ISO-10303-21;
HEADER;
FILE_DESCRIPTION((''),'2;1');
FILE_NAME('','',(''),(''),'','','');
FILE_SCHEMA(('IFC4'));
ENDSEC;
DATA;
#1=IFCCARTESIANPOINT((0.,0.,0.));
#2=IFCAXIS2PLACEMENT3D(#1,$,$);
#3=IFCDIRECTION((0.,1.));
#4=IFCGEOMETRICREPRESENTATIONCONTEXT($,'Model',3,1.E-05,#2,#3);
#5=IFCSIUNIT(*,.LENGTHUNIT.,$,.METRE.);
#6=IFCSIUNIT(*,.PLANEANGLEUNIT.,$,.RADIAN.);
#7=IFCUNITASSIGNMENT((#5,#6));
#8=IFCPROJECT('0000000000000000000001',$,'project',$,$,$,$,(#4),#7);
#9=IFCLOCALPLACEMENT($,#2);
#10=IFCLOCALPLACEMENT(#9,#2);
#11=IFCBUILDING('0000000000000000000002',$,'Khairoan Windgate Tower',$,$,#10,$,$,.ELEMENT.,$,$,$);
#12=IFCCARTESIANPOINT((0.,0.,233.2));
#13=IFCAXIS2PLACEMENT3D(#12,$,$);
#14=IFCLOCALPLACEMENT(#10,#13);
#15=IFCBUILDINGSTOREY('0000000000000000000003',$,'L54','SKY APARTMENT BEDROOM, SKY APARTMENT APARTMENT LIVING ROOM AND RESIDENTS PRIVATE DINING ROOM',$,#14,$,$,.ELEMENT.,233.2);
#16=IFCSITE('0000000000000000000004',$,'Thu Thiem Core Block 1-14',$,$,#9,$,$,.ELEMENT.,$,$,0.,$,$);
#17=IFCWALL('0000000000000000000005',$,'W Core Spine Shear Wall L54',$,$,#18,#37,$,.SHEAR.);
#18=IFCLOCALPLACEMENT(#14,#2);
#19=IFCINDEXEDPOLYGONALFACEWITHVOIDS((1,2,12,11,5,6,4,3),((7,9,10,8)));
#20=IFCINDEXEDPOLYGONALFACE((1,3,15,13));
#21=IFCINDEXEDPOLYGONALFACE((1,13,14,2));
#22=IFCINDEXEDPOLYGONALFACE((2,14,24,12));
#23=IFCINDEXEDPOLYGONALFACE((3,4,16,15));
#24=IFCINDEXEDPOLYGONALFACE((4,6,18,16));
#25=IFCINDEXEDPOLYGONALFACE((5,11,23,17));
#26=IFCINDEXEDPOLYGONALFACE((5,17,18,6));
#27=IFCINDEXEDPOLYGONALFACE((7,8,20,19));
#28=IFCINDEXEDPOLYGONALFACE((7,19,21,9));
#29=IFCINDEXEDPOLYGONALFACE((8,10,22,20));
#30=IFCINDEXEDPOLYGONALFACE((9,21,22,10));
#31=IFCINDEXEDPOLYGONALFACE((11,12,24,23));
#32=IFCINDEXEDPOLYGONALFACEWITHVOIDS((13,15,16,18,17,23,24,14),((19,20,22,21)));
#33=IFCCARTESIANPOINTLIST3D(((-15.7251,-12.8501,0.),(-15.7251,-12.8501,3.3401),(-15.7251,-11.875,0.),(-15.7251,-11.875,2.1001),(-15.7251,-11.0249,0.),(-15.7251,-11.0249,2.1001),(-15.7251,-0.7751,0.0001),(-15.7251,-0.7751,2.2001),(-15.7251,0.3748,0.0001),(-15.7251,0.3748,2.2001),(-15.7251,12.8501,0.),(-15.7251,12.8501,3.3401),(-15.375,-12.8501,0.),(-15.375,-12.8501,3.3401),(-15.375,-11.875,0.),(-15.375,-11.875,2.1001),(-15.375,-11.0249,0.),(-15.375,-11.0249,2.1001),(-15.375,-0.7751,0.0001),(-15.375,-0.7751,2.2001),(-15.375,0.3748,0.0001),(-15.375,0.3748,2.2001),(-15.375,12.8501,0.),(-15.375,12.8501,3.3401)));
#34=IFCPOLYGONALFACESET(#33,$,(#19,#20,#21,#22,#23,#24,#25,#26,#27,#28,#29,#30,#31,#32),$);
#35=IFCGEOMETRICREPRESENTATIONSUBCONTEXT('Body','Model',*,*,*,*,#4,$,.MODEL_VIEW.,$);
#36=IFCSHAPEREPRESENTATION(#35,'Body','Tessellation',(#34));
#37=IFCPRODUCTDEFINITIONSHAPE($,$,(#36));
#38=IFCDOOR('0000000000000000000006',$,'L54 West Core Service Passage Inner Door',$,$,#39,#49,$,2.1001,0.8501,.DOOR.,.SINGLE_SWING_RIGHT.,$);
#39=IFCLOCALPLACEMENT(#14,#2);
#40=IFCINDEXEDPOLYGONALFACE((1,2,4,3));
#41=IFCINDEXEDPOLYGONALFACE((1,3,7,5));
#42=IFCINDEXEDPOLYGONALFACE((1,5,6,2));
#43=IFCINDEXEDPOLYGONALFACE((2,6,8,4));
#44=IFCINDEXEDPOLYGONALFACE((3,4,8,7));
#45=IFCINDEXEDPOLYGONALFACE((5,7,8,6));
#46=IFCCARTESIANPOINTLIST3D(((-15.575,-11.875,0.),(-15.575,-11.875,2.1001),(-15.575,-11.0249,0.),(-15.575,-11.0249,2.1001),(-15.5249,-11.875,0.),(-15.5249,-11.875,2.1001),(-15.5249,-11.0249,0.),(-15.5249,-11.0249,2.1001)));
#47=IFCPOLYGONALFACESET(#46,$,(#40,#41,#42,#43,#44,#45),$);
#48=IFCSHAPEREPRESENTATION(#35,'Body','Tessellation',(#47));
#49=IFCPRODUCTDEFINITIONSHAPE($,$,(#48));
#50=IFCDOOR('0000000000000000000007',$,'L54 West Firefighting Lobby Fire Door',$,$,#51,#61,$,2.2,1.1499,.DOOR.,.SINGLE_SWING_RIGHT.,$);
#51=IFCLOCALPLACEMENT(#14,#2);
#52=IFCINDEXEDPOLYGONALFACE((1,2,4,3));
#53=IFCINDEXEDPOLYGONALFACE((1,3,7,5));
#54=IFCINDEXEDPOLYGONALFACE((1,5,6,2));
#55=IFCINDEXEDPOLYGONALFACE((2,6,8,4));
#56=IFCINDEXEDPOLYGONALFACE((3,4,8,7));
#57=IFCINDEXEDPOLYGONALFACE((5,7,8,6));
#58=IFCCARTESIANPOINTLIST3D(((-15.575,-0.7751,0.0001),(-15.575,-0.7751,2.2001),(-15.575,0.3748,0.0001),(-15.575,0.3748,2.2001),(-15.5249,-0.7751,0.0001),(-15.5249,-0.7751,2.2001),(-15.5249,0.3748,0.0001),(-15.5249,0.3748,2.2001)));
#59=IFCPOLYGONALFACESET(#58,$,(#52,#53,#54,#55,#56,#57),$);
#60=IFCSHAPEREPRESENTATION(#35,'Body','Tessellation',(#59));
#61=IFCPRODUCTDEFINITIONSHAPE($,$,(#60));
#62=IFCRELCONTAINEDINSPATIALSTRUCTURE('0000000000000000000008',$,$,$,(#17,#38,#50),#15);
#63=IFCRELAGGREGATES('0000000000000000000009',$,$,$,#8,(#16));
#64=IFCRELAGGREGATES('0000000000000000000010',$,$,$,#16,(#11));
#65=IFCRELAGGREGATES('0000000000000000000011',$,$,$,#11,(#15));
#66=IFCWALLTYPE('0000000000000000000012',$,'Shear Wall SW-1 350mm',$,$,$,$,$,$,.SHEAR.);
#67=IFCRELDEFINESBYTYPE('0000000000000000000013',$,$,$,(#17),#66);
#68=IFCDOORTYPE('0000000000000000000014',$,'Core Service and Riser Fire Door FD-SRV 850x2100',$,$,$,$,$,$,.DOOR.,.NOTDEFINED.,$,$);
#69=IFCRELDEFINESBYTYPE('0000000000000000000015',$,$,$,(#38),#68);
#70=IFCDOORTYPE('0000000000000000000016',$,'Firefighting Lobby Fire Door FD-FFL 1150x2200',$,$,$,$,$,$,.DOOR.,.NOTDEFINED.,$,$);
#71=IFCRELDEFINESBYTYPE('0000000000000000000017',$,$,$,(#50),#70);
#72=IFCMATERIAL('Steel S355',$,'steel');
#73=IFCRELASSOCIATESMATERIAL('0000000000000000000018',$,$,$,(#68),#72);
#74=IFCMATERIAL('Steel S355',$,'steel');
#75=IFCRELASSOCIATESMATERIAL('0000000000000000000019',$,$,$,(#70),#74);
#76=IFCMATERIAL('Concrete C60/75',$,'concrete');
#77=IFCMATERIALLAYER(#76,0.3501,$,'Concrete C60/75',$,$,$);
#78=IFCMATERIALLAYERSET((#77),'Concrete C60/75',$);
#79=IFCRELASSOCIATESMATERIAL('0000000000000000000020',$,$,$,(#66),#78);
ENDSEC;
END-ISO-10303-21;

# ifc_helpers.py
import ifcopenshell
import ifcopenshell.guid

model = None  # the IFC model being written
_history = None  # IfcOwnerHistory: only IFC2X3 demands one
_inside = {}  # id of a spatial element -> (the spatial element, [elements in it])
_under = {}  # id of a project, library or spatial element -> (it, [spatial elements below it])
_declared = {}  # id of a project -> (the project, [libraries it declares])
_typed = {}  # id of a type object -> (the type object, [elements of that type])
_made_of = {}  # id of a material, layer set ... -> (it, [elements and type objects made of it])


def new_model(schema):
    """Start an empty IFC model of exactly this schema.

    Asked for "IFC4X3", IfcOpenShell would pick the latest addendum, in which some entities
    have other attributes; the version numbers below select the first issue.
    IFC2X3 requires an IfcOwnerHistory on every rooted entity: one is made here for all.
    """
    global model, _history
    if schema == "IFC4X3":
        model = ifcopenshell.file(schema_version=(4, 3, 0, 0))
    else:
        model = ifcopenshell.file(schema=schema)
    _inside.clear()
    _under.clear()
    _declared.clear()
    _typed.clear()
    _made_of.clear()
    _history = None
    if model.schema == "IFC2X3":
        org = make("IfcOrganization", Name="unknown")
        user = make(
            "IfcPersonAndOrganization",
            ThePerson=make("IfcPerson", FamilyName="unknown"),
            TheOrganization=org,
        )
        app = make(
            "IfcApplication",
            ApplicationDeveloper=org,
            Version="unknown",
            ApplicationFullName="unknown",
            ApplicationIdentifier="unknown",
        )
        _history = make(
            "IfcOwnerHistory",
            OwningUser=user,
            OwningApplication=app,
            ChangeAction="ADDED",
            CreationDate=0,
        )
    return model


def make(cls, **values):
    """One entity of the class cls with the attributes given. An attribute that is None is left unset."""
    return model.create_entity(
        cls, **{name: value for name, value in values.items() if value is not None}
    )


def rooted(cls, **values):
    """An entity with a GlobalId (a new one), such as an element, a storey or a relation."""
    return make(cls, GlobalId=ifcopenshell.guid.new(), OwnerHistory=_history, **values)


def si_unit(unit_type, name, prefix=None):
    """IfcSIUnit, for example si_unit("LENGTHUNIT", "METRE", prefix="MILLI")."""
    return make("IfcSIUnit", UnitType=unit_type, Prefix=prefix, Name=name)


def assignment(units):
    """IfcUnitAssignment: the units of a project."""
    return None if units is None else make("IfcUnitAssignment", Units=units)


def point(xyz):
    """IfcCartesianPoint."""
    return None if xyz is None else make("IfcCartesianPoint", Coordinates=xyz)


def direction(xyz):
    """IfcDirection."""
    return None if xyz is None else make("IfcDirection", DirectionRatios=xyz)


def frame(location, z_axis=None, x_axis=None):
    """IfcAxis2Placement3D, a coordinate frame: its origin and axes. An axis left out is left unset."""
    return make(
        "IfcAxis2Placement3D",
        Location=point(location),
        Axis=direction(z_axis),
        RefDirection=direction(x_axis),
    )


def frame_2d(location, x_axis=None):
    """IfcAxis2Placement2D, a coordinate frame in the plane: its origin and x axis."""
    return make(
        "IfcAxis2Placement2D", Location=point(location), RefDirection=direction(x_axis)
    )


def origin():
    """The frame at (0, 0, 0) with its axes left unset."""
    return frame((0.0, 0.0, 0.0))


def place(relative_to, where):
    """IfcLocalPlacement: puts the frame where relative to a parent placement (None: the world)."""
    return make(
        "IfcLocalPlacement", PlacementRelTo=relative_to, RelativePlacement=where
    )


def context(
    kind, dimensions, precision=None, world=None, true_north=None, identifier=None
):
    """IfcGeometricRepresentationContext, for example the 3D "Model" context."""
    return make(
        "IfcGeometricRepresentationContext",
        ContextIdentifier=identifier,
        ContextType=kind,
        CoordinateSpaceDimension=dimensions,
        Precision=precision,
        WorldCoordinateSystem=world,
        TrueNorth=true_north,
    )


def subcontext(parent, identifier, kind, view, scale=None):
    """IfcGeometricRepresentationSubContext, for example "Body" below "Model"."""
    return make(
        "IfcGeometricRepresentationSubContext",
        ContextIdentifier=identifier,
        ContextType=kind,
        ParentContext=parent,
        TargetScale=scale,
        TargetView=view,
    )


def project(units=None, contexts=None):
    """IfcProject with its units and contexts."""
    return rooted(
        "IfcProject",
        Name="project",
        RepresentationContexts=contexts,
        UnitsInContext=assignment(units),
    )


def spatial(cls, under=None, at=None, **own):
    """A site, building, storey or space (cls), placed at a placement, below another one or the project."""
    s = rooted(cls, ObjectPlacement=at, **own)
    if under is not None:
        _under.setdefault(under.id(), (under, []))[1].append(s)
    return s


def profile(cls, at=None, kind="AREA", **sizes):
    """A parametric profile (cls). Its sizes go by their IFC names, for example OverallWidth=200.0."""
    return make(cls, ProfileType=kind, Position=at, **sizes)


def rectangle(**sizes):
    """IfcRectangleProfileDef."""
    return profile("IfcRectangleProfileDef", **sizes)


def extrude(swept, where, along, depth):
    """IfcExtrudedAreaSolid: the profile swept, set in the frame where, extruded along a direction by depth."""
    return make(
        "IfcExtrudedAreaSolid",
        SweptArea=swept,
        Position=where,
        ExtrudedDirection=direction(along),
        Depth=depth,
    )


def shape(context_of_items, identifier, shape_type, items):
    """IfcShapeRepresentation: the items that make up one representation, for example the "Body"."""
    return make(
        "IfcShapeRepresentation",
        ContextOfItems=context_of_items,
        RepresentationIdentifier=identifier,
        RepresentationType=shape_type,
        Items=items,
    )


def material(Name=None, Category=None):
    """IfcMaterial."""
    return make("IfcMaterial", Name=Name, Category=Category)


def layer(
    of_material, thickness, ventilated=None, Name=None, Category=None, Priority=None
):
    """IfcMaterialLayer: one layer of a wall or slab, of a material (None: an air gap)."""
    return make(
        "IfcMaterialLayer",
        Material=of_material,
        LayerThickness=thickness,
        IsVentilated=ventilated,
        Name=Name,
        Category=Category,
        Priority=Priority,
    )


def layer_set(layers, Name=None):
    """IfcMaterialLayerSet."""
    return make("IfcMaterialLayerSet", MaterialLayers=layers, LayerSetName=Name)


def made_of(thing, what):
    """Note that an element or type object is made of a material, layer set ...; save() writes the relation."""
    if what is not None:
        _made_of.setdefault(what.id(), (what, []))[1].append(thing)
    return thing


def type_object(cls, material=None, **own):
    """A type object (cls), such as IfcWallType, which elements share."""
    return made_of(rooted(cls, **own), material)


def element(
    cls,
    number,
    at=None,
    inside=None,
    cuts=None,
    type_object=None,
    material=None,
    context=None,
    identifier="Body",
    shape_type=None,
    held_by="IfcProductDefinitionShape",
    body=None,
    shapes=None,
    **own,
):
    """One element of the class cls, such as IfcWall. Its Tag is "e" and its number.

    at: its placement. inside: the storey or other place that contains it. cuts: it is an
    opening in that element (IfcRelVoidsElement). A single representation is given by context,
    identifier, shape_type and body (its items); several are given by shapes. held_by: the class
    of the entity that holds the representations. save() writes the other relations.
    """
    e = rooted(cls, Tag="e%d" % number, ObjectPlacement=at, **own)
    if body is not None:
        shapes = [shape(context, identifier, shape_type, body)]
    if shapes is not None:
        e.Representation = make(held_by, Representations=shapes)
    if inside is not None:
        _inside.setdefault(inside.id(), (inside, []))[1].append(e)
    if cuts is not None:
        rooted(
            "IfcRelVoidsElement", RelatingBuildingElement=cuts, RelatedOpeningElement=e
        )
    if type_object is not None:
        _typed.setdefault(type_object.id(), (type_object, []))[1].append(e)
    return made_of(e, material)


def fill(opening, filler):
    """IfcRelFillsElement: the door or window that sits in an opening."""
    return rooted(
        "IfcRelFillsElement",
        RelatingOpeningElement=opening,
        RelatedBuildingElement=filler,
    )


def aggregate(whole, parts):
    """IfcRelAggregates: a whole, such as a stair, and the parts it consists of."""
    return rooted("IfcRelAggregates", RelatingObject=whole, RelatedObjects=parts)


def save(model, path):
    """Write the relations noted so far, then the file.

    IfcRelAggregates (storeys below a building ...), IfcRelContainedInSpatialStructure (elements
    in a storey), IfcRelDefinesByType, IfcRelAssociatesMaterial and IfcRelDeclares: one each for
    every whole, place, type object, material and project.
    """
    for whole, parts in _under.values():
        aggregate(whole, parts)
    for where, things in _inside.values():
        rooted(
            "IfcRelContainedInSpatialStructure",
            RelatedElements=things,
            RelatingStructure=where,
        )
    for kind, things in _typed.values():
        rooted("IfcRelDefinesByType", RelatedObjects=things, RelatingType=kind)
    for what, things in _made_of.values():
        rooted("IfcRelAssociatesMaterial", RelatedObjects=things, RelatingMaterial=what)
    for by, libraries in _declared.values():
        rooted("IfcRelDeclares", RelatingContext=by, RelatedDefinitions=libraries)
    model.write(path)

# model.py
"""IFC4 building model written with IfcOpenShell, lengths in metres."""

from ifc_helpers import new_model, si_unit, direction, frame, frame_2d, origin, place, context, subcontext, project, spatial, rectangle, extrude, material, layer, layer_set, type_object, element, fill, save


model = new_model("IFC4")

# Units and contexts
model_context = context("Model", 3, precision=1e-05, world=origin(), true_north=direction((0.0, 1.0)))
body_context = subcontext(model_context, "Body", "Model", "MODEL_VIEW")
ifc_project = project(units=[si_unit("LENGTHUNIT", "METRE"), si_unit("PLANEANGLEUNIT", "RADIAN")], contexts=[model_context])

# Site, building, storey
site_placement = place(None, origin())
site = spatial("IfcSite", under=ifc_project, at=site_placement, Name="Thu Thiem Core Block 1-14", CompositionType="ELEMENT", RefElevation=0.0)
building_placement = place(site_placement, origin())
building = spatial("IfcBuilding", under=site, at=building_placement, Name="Khairoan Windgate Tower", CompositionType="ELEMENT")
storey_placement = place(building_placement, frame((0.0, 0.0, 233.2)))
storey = spatial("IfcBuildingStorey", under=building, at=storey_placement, Name="L54", Description="SKY APARTMENT BEDROOM, SKY APARTMENT APARTMENT LIVING ROOM AND RESIDENTS PRIVATE DINING ROOM", CompositionType="ELEMENT", Elevation=233.2)

# Wall, openings, doors
ifc_material_1 = material(Name="Steel S355", Category="steel")
door_type_1 = type_object("IfcDoorType", Name="Core Service and Riser Fire Door FD-SRV 850x2100", OperationType="NOTDEFINED", PredefinedType="DOOR", material=ifc_material_1)
ifc_material_2 = material(Name="Steel S355", Category="steel")
door_type_2 = type_object("IfcDoorType", Name="Firefighting Lobby Fire Door FD-FFL 1150x2200", OperationType="NOTDEFINED", PredefinedType="DOOR", material=ifc_material_2)
ifc_material_3 = material(Name="Concrete C60/75", Category="concrete")
ifc_layer_1 = layer(ifc_material_3, 0.3501, Name="Concrete C60/75")
ifc_layer_set_1 = layer_set([ifc_layer_1], Name="Concrete C60/75")
wall_type_1 = type_object("IfcWallType", Name="Shear Wall SW-1 350mm", PredefinedType="SHEAR", material=ifc_layer_set_1)
wall_1_placement = place(storey_placement, frame((-15.55, -12.8501, 0.0), z_axis=(0.0, 0.0, 1.0), x_axis=(0.0, 1.0, 0.0)))
wall_1 = element("IfcWall", 1, at=wall_1_placement, inside=storey, type_object=wall_type_1, Name="W Core Spine Shear Wall L54", PredefinedType="SHEAR", context=body_context, shape_type="SweptSolid", body=[
    extrude(rectangle(XDim=25.7002, YDim=0.3501, at=frame_2d((12.8501, 0.0))), origin(), (0.0, 0.0, 1.0), 3.3401),
])
opening_1_placement = place(wall_1_placement, frame((12.075, 0.0, 0.0)))
opening_1 = element("IfcOpeningElement", 2, at=opening_1_placement, cuts=wall_1, PredefinedType="OPENING", context=body_context, shape_type="SweptSolid", body=[
    extrude(rectangle(XDim=1.1499, YDim=2.2, at=frame_2d((0.575, 1.1001))), frame((0.0, 0.1851, 0.0), z_axis=(0.0, -1.0, 0.0), x_axis=(1.0, 0.0, 0.0)), (0.0, 0.0, 1.0), 0.3701),
])
opening_2_placement = place(wall_1_placement, frame((0.9751, 0.0, 0.0)))
opening_2 = element("IfcOpeningElement", 3, at=opening_2_placement, cuts=wall_1, PredefinedType="OPENING", context=body_context, shape_type="SweptSolid", body=[
    extrude(rectangle(XDim=0.8501, YDim=2.1001, at=frame_2d((0.425, 1.05))), frame((0.0, 0.1851, 0.0), z_axis=(0.0, -1.0, 0.0), x_axis=(1.0, 0.0, 0.0)), (0.0, 0.0, 1.0), 0.3701),
])
door_1_placement = place(opening_2_placement, origin())
door_1 = element("IfcDoor", 4, at=door_1_placement, inside=storey, type_object=door_type_1, Name="L54 West Core Service Passage Inner Door", OperationType="SINGLE_SWING_RIGHT", OverallHeight=2.1001, OverallWidth=0.8501, PredefinedType="DOOR", context=body_context, shape_type="SweptSolid", body=[
    extrude(rectangle(XDim=0.8501, YDim=2.1001, at=frame_2d((0.425, 1.05))), frame((0.0, 0.0249, 0.0), z_axis=(0.0, -1.0, 0.0), x_axis=(1.0, 0.0, 0.0)), (0.0, 0.0, 1.0), 0.05),
])
fill(opening_2, door_1)
door_2_placement = place(opening_1_placement, origin())
door_2 = element("IfcDoor", 5, at=door_2_placement, inside=storey, type_object=door_type_2, Name="L54 West Firefighting Lobby Fire Door", OperationType="SINGLE_SWING_RIGHT", OverallHeight=2.2, OverallWidth=1.1499, PredefinedType="DOOR", context=body_context, shape_type="SweptSolid", body=[
    extrude(rectangle(XDim=1.1499, YDim=2.2, at=frame_2d((0.575, 1.1001))), frame((0.0, 0.0249, 0.0), z_axis=(0.0, -1.0, 0.0), x_axis=(1.0, 0.0, 0.0)), (0.0, 0.0, 1.0), 0.05),
])
fill(opening_1, door_2)

save(model, "model.ifc")
